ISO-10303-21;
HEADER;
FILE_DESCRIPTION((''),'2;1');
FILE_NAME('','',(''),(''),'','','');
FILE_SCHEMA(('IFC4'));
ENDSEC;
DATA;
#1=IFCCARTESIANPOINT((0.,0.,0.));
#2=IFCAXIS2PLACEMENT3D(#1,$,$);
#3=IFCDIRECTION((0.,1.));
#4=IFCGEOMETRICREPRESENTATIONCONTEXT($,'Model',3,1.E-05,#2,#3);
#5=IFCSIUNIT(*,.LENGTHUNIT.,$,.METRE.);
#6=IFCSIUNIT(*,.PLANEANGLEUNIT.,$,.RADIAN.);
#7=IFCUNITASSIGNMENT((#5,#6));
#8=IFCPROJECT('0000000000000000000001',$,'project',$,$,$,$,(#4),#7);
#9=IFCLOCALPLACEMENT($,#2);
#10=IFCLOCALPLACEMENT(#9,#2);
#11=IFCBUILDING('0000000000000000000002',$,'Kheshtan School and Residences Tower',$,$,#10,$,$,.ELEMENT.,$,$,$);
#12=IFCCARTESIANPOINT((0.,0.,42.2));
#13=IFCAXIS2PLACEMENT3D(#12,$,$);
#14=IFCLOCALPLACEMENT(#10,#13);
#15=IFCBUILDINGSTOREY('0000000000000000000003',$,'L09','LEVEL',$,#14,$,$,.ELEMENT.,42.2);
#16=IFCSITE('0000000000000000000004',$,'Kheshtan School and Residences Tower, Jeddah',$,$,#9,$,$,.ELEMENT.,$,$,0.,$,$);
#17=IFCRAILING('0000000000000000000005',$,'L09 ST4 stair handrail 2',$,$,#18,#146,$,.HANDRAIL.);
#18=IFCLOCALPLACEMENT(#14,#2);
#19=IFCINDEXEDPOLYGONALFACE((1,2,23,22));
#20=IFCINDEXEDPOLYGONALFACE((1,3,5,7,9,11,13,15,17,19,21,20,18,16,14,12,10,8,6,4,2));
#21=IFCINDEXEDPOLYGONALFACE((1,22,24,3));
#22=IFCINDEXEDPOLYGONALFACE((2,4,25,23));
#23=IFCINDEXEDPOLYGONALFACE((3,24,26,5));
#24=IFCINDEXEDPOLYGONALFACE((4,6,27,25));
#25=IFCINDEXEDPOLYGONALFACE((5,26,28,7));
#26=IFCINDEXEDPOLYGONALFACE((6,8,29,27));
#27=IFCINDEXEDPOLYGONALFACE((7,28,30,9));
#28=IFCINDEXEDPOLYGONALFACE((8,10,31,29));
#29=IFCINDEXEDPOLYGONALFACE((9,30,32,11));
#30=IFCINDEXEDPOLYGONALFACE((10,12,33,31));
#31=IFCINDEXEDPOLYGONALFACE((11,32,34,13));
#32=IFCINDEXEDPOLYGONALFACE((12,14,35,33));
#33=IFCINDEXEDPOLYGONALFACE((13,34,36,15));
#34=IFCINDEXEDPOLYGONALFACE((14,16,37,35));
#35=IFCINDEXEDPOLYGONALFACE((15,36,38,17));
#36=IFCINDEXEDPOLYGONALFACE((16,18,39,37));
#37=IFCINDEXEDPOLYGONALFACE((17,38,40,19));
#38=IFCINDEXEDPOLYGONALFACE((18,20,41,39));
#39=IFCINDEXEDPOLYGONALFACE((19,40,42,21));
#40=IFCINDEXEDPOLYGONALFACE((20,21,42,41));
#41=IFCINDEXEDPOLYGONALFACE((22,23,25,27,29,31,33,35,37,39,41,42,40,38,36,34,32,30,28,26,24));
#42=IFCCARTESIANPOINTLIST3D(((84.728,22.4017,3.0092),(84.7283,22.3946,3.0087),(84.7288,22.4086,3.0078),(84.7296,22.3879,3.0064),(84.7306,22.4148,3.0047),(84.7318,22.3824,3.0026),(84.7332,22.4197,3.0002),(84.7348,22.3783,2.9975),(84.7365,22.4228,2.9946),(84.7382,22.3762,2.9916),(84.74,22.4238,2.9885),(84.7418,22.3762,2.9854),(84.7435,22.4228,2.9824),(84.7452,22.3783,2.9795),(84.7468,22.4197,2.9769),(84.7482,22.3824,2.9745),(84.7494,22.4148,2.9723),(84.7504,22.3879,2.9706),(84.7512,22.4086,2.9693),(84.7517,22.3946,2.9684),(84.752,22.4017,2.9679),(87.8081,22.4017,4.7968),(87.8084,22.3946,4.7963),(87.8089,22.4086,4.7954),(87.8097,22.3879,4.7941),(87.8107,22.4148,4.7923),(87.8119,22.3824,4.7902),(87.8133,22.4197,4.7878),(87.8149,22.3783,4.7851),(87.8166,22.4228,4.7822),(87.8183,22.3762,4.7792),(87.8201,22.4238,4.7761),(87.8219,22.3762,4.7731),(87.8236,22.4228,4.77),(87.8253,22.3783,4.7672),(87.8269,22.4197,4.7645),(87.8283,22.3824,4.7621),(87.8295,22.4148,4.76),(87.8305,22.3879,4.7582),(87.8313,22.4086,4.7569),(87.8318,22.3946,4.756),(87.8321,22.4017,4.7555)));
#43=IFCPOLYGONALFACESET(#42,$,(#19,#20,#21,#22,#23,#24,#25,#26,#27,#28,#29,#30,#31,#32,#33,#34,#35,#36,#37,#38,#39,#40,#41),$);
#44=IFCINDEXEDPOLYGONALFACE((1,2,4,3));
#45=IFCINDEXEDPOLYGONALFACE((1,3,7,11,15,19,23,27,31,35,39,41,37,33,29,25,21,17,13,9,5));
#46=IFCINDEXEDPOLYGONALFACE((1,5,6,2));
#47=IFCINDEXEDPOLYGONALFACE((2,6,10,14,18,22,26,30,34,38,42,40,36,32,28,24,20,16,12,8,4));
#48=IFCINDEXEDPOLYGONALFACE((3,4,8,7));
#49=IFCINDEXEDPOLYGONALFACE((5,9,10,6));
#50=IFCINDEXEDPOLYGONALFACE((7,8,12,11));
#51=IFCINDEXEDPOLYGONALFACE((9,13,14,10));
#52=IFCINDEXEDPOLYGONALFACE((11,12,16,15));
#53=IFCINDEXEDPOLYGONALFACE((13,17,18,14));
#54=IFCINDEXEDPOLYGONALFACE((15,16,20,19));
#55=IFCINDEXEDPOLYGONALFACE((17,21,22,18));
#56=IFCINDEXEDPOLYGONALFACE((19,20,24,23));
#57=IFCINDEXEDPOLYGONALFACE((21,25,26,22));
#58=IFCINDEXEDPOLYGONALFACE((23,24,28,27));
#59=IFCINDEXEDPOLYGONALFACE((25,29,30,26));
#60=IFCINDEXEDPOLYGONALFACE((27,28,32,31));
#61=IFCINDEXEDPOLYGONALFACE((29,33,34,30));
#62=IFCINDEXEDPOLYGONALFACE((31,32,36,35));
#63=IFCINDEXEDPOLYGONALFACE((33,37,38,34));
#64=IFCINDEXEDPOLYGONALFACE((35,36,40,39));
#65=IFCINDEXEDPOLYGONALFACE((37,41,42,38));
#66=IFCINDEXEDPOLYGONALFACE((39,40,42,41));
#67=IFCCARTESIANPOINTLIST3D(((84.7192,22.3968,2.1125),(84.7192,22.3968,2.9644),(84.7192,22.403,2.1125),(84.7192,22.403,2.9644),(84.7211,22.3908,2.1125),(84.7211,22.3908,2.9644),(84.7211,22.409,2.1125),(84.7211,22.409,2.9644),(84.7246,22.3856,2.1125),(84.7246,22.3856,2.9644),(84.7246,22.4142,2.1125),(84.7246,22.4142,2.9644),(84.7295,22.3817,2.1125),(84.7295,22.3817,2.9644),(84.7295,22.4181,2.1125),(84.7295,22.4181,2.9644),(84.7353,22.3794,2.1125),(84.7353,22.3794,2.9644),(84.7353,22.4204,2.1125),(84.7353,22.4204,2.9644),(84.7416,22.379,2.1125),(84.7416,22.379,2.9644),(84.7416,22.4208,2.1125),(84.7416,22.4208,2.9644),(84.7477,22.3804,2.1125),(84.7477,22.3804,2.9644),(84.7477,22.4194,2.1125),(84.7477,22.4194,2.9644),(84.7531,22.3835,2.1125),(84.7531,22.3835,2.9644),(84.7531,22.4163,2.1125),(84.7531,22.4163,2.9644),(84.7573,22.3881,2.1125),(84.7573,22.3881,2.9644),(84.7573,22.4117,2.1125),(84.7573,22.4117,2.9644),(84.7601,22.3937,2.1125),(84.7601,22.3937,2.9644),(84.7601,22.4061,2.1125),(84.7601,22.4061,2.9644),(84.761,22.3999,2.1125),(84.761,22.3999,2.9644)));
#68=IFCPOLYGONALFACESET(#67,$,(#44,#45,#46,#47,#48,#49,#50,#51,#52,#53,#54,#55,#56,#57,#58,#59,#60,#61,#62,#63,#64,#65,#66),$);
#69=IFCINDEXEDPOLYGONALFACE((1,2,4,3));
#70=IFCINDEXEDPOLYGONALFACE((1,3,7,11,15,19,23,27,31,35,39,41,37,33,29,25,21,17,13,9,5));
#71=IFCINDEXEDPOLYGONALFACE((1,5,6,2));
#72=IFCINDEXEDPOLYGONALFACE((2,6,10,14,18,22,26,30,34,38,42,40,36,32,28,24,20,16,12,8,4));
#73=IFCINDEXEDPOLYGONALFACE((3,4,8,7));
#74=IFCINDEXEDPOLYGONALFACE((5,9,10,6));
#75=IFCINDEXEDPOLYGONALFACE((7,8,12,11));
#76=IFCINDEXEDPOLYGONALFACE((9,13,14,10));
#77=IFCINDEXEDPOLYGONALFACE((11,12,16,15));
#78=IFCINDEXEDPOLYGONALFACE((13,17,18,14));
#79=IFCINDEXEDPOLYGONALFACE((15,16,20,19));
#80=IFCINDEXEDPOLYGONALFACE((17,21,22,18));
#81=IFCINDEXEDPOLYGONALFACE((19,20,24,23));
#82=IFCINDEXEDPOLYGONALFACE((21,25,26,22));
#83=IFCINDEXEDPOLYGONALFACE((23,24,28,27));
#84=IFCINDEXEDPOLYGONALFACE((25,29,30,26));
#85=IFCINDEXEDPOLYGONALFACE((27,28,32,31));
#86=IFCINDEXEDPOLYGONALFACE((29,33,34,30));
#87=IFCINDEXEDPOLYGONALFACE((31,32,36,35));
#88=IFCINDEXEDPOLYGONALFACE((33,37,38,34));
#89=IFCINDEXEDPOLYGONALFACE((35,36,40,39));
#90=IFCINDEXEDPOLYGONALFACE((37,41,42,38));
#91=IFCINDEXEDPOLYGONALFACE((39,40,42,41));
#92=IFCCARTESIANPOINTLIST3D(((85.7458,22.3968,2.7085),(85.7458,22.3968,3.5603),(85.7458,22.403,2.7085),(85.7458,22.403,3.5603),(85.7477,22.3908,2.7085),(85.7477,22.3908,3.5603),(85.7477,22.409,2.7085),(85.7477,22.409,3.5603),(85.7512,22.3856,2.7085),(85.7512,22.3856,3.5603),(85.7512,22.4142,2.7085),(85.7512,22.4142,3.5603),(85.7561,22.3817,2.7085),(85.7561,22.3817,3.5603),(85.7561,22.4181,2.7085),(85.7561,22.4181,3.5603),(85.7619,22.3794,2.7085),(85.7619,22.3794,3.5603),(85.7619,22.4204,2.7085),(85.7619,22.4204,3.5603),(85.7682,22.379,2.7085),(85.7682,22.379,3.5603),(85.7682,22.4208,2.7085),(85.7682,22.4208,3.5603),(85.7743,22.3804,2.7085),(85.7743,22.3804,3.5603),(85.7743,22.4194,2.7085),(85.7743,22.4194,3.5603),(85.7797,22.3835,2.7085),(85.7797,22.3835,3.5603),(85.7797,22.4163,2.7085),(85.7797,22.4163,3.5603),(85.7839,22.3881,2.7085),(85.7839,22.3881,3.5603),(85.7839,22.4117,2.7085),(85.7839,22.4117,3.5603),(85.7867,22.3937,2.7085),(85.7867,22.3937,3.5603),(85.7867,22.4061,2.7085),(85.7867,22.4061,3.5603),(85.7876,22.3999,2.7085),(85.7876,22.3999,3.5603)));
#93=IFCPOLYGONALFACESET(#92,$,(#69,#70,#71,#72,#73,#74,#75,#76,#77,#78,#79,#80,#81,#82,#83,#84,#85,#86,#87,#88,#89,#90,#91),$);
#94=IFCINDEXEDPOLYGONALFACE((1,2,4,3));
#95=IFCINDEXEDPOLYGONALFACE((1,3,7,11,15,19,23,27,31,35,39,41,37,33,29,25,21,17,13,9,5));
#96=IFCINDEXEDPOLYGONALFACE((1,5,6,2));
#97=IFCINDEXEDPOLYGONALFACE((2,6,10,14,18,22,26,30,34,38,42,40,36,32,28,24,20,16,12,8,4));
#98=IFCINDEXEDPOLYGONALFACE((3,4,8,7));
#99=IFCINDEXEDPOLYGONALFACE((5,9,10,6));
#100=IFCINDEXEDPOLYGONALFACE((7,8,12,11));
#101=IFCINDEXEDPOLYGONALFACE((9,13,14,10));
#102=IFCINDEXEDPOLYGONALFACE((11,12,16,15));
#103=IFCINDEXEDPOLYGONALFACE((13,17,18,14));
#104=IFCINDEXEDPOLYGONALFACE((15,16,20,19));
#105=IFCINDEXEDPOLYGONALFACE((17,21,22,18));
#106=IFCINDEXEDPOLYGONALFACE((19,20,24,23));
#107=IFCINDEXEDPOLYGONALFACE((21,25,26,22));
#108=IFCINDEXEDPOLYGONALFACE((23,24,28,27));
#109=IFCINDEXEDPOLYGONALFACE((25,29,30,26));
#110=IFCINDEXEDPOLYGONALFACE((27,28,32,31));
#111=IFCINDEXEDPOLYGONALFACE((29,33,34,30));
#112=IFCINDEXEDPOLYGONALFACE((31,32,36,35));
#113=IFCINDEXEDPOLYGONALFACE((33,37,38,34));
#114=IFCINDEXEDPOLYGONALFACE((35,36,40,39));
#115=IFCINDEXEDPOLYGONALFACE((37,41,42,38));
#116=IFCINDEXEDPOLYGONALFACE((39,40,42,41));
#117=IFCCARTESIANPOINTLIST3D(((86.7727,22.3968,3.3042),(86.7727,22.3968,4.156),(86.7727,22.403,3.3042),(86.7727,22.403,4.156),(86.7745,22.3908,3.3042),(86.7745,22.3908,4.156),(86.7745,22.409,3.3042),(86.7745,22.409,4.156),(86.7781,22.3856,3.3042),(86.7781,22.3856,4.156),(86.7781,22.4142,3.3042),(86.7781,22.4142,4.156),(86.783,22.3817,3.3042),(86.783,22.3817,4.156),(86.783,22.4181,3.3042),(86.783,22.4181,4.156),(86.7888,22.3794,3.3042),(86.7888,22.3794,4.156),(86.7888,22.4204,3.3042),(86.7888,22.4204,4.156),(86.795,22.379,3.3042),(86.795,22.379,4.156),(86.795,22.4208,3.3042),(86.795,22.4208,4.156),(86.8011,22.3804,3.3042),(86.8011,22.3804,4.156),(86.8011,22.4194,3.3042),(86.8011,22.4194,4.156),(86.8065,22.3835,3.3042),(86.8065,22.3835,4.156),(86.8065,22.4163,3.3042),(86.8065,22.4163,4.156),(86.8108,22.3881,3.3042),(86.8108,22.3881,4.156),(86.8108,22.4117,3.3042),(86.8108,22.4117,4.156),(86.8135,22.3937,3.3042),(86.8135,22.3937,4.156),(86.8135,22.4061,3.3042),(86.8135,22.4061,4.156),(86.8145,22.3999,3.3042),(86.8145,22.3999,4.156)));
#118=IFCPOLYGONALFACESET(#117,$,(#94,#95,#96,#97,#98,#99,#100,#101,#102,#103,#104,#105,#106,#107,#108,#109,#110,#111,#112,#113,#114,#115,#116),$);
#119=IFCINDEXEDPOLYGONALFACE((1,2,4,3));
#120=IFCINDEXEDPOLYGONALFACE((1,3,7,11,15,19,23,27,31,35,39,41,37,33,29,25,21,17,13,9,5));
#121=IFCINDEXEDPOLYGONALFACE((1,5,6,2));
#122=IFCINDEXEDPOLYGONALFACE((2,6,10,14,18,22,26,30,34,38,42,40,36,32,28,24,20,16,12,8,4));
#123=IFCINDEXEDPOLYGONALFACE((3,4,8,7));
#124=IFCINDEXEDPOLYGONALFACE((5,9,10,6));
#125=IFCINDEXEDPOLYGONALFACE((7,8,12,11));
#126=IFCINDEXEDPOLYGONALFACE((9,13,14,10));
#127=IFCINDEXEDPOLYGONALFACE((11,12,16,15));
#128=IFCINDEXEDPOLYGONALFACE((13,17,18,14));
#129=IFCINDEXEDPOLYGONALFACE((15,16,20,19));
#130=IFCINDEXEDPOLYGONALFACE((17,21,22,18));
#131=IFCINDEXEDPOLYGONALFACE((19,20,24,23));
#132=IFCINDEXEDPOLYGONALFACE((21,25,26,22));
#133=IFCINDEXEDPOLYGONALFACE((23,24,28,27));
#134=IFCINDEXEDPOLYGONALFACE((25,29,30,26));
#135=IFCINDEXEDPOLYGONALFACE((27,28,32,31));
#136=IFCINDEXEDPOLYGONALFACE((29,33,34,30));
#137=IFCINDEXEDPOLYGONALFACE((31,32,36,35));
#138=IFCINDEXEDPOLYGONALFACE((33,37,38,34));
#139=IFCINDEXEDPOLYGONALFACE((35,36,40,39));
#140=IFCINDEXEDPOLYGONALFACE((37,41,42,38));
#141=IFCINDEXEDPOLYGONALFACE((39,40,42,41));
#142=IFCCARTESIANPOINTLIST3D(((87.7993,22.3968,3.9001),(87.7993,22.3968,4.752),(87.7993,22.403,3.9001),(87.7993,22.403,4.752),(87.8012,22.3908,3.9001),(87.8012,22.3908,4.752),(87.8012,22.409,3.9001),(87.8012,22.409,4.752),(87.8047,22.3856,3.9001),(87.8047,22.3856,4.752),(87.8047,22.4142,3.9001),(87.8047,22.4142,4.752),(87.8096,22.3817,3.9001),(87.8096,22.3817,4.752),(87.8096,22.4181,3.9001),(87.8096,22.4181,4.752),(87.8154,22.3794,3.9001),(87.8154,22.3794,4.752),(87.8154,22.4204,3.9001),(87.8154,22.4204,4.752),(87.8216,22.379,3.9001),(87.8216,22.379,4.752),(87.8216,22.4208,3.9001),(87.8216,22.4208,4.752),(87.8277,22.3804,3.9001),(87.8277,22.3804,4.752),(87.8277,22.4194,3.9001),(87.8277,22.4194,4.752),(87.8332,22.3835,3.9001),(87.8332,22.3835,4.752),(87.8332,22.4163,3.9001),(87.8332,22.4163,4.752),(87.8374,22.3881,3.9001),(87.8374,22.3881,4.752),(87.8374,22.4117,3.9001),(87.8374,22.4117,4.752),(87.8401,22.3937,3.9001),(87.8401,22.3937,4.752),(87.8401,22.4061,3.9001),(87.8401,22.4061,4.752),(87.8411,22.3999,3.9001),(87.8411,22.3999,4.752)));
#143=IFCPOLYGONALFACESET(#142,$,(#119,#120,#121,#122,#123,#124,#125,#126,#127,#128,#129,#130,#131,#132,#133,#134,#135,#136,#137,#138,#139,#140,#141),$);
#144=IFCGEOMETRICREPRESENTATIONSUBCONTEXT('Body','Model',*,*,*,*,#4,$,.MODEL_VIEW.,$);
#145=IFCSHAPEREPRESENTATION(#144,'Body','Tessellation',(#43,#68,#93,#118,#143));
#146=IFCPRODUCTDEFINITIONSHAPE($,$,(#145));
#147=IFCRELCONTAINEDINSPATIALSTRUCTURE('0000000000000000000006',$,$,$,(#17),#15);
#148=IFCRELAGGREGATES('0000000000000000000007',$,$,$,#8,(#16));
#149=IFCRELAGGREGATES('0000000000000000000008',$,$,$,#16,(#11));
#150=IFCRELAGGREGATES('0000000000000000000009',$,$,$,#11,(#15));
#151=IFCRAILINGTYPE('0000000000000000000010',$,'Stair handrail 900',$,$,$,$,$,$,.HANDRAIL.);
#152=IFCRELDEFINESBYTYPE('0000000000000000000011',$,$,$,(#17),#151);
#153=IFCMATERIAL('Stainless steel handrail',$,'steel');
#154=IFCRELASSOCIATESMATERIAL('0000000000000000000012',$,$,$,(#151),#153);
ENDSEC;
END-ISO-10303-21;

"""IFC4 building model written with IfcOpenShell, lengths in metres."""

from ifc_helpers import new_model, si_unit, direction, frame, origin, origin_2d, place, context, subcontext, project, spatial, circle, extrude, material, type_object, element, save


model = new_model("IFC4")

# Units and contexts
model_context = context("Model", 3, precision=1e-05, world=origin(), true_north=direction((0.0, 1.0)))
body_context = subcontext(model_context, "Body", "Model", "MODEL_VIEW")
ifc_project = project(units=[si_unit("LENGTHUNIT", "METRE"), si_unit("PLANEANGLEUNIT", "RADIAN")], contexts=[model_context])

# Site, building, storey
site_placement = place(None, origin())
site = spatial("IfcSite", under=ifc_project, at=site_placement, Name="Kheshtan School and Residences Tower, Jeddah", CompositionType="ELEMENT", RefElevation=0.0)
building_placement = place(site_placement, origin())
building = spatial("IfcBuilding", under=site, at=building_placement, Name="Kheshtan School and Residences Tower", CompositionType="ELEMENT")
storey_placement = place(building_placement, frame((0.0, 0.0, 42.2)))
storey = spatial("IfcBuildingStorey", under=building, at=storey_placement, Name="L09", Description="LEVEL", CompositionType="ELEMENT", Elevation=42.2)

# Railing
ifc_material_1 = material(Name="Stainless steel handrail", Category="steel")
railing_type_1 = type_object("IfcRailingType", Name="Stair handrail 900", PredefinedType="HANDRAIL", material=ifc_material_1)
railing_1_placement = place(storey_placement, frame((84.74, 22.3999, 2.1125)))
element("IfcRailing", 1, at=railing_1_placement, inside=storey, type_object=railing_type_1, Name="L09 ST4 stair handrail 2", PredefinedType="HANDRAIL", context=body_context, shape_type="SweptSolid", body=[
    extrude(circle(Radius=0.0239, at=origin_2d()), frame((0.0, 0.0, 0.876), z_axis=(0.864891, 0.0, 0.50196), x_axis=(0.0, 1.0, 0.0)), (0.0, 0.0, 1.0), 3.5613),
    extrude(circle(Radius=0.021, at=origin_2d()), origin(), (0.0, 0.0, 1.0), 0.8518),
    extrude(circle(Radius=0.021, at=origin_2d()), frame((1.0266, 0.0, 0.5959)), (0.0, 0.0, 1.0), 0.8518),
    extrude(circle(Radius=0.021, at=origin_2d()), frame((2.0535, 0.0, 1.1917)), (0.0, 0.0, 1.0), 0.8518),
    extrude(circle(Radius=0.021, at=origin_2d()), frame((3.0801, 0.0, 1.7876)), (0.0, 0.0, 1.0), 0.8518),
])

save(model, "model.ifc")
